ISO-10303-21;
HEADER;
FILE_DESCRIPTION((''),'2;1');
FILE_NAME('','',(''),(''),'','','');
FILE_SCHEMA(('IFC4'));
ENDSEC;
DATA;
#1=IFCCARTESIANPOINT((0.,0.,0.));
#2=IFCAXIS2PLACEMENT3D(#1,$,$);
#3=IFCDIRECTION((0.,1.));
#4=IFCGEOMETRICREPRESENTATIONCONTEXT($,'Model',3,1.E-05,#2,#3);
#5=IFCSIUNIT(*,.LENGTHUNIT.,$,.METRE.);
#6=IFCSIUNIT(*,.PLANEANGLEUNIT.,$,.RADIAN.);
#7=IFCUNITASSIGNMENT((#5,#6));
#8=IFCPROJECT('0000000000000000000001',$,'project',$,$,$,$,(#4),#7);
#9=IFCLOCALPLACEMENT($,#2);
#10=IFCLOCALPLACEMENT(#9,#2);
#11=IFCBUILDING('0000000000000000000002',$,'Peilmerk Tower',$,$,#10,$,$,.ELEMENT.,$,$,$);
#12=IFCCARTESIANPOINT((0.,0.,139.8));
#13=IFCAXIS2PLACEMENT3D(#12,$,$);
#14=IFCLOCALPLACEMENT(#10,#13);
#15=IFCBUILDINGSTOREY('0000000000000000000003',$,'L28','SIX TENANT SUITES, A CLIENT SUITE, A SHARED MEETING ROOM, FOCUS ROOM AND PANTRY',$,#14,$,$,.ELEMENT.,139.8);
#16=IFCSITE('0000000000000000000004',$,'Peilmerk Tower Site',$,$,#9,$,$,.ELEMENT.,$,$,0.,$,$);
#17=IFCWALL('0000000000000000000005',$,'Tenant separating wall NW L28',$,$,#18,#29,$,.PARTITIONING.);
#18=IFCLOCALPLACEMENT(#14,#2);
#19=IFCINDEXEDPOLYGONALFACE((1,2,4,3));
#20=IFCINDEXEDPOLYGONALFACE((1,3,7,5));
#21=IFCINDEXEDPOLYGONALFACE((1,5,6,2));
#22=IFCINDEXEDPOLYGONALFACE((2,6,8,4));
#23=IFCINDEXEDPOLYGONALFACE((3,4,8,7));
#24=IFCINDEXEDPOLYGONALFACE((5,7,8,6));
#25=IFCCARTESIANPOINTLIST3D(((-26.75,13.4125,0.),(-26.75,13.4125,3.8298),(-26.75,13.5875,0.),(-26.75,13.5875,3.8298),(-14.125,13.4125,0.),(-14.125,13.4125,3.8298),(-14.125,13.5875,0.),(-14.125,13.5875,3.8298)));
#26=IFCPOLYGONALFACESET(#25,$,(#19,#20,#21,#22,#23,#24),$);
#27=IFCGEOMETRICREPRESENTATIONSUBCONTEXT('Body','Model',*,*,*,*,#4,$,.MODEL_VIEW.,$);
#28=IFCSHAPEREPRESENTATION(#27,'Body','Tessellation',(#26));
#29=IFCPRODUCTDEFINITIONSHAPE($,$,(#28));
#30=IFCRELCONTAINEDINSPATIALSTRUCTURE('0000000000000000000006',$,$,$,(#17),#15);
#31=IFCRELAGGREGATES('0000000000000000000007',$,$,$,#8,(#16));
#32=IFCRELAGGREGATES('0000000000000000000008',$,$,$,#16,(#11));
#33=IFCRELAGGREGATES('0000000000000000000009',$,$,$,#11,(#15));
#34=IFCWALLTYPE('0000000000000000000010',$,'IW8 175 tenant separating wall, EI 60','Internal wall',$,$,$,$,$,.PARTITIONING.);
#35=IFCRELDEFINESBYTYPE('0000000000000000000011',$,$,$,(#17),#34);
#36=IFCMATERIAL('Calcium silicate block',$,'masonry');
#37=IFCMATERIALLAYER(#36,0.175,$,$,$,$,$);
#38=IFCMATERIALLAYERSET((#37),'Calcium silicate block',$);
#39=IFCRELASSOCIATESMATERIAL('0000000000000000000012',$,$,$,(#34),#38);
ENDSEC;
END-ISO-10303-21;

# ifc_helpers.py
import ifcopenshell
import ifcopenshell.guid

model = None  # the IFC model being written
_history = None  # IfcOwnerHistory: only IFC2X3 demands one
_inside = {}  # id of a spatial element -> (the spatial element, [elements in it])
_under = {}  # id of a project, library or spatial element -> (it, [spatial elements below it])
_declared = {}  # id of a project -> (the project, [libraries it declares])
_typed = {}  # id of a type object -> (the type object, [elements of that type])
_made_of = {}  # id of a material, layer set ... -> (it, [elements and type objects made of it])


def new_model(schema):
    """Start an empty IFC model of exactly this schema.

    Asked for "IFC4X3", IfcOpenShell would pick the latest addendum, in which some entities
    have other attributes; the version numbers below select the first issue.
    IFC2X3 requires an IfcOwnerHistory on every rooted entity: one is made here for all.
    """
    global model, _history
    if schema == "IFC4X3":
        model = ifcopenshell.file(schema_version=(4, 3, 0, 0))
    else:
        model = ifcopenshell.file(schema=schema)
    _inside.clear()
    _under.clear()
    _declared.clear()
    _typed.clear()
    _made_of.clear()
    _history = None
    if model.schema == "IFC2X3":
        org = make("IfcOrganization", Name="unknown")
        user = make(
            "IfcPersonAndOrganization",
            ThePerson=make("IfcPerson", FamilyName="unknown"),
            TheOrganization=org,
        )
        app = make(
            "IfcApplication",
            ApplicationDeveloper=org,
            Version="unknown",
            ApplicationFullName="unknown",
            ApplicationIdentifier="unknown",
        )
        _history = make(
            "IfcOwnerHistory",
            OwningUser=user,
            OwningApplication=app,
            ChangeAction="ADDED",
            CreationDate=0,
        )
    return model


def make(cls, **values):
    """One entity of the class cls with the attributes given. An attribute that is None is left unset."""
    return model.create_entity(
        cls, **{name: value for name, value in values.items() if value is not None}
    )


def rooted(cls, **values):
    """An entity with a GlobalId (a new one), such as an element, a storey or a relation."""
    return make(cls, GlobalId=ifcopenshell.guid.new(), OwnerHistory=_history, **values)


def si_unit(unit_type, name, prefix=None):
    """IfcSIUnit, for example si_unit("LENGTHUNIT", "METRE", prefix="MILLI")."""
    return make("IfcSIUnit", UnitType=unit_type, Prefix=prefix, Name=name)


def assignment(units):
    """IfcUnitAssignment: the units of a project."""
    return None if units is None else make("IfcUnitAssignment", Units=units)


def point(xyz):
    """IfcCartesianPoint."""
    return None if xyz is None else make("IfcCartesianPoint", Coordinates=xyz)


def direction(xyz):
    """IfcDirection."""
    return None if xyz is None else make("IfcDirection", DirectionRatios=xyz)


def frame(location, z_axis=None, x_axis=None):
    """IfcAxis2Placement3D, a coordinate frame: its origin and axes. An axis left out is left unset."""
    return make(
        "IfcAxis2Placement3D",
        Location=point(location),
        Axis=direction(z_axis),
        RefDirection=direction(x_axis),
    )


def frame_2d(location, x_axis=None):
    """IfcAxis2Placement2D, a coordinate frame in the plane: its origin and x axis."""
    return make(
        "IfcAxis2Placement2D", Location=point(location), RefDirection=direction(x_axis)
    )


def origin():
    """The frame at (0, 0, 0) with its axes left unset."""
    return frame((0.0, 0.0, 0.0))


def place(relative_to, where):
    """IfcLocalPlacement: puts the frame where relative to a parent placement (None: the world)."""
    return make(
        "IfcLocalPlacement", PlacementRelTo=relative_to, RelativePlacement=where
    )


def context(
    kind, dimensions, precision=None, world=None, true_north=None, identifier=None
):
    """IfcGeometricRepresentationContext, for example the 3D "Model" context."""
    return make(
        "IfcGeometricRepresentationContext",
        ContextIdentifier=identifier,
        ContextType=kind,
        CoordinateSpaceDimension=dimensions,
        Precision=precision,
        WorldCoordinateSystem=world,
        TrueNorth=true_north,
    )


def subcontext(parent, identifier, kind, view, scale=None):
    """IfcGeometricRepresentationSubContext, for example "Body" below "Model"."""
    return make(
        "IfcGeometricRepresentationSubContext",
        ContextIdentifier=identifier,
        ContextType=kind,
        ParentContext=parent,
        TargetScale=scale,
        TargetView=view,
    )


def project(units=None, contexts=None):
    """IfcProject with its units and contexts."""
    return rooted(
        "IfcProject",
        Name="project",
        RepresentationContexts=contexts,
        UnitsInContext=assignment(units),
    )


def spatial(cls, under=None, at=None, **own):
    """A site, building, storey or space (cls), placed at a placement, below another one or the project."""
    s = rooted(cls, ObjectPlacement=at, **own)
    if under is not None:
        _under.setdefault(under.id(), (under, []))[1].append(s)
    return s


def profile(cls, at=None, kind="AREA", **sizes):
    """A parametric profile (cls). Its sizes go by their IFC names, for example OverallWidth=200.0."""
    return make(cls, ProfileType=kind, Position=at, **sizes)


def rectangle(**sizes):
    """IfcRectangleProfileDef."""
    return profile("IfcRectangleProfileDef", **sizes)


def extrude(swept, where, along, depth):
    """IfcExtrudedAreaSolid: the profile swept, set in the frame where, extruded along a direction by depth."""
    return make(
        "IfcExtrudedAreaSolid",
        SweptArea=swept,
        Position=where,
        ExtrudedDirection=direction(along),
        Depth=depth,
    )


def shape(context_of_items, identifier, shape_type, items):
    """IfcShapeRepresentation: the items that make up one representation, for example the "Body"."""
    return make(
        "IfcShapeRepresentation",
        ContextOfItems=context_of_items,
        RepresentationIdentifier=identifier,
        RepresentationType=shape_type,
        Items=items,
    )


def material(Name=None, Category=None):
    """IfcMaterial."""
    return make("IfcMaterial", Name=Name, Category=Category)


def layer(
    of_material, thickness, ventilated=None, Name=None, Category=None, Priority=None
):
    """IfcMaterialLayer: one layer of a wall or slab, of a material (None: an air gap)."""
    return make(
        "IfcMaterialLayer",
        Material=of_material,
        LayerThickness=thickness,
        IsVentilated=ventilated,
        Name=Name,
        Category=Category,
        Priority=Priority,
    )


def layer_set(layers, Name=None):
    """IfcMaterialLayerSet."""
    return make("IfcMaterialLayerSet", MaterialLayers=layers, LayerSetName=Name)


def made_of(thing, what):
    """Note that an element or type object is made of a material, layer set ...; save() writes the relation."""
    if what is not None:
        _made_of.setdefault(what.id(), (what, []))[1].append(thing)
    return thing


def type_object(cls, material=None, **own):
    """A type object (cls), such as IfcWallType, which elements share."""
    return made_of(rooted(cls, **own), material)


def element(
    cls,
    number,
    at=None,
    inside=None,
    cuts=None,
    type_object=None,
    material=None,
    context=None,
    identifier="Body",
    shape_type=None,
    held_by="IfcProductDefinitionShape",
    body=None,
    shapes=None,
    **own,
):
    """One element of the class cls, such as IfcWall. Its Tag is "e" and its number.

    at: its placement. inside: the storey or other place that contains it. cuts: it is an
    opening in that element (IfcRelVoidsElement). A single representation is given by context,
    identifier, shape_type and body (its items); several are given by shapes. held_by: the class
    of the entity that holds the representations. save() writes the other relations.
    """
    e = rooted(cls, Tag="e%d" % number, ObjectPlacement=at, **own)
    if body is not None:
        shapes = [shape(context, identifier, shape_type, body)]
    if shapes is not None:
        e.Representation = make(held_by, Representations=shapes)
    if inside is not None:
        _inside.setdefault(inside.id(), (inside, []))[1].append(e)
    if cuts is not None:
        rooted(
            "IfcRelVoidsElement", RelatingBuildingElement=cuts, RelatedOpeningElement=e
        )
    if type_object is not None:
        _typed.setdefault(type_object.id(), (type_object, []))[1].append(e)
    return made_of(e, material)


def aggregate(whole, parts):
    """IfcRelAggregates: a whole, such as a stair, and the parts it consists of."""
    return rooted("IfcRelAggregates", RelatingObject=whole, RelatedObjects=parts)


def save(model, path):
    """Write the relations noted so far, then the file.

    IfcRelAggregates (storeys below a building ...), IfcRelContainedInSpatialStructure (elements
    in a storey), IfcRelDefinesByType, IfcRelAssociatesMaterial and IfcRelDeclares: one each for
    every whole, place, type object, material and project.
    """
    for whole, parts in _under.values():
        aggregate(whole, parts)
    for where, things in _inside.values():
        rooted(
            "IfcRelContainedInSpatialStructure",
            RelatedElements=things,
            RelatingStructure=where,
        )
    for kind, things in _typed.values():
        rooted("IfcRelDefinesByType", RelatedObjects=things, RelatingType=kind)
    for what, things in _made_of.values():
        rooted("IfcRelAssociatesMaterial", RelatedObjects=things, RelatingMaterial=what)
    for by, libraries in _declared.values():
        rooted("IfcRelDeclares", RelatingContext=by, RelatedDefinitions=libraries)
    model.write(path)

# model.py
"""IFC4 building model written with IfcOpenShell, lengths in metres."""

from ifc_helpers import new_model, si_unit, direction, frame, frame_2d, origin, place, context, subcontext, project, spatial, rectangle, extrude, material, layer, layer_set, type_object, element, save


model = new_model("IFC4")

# Units and contexts
model_context = context("Model", 3, precision=1e-05, world=origin(), true_north=direction((0.0, 1.0)))
body_context = subcontext(model_context, "Body", "Model", "MODEL_VIEW")
ifc_project = project(units=[si_unit("LENGTHUNIT", "METRE"), si_unit("PLANEANGLEUNIT", "RADIAN")], contexts=[model_context])

# Site, building, storey
site_placement = place(None, origin())
site = spatial("IfcSite", under=ifc_project, at=site_placement, Name="Peilmerk Tower Site", CompositionType="ELEMENT", RefElevation=0.0)
building_placement = place(site_placement, origin())
building = spatial("IfcBuilding", under=site, at=building_placement, Name="Peilmerk Tower", CompositionType="ELEMENT")
storey_placement = place(building_placement, frame((0.0, 0.0, 139.8)))
storey = spatial("IfcBuildingStorey", under=building, at=storey_placement, Name="L28", Description="SIX TENANT SUITES, A CLIENT SUITE, A SHARED MEETING ROOM, FOCUS ROOM AND PANTRY", CompositionType="ELEMENT", Elevation=139.8)

# Wall
ifc_material_1 = material(Name="Calcium silicate block", Category="masonry")
ifc_layer_1 = layer(ifc_material_1, 0.175)
ifc_layer_set_1 = layer_set([ifc_layer_1], Name="Calcium silicate block")
wall_type_1 = type_object("IfcWallType", Name="IW8 175 tenant separating wall, EI 60", Description="Internal wall", PredefinedType="PARTITIONING", material=ifc_layer_set_1)
wall_1_placement = place(storey_placement, frame((-26.75, 13.5, 0.0), z_axis=(0.0, 0.0, 1.0), x_axis=(1.0, 0.0, 0.0)))
element("IfcWall", 1, at=wall_1_placement, inside=storey, type_object=wall_type_1, Name="Tenant separating wall NW L28", PredefinedType="PARTITIONING", context=body_context, shape_type="SweptSolid", body=[
    extrude(rectangle(XDim=12.625, YDim=0.175, at=frame_2d((6.3125, 0.0))), origin(), (0.0, 0.0, 1.0), 3.8298),
])

save(model, "model.ifc")
